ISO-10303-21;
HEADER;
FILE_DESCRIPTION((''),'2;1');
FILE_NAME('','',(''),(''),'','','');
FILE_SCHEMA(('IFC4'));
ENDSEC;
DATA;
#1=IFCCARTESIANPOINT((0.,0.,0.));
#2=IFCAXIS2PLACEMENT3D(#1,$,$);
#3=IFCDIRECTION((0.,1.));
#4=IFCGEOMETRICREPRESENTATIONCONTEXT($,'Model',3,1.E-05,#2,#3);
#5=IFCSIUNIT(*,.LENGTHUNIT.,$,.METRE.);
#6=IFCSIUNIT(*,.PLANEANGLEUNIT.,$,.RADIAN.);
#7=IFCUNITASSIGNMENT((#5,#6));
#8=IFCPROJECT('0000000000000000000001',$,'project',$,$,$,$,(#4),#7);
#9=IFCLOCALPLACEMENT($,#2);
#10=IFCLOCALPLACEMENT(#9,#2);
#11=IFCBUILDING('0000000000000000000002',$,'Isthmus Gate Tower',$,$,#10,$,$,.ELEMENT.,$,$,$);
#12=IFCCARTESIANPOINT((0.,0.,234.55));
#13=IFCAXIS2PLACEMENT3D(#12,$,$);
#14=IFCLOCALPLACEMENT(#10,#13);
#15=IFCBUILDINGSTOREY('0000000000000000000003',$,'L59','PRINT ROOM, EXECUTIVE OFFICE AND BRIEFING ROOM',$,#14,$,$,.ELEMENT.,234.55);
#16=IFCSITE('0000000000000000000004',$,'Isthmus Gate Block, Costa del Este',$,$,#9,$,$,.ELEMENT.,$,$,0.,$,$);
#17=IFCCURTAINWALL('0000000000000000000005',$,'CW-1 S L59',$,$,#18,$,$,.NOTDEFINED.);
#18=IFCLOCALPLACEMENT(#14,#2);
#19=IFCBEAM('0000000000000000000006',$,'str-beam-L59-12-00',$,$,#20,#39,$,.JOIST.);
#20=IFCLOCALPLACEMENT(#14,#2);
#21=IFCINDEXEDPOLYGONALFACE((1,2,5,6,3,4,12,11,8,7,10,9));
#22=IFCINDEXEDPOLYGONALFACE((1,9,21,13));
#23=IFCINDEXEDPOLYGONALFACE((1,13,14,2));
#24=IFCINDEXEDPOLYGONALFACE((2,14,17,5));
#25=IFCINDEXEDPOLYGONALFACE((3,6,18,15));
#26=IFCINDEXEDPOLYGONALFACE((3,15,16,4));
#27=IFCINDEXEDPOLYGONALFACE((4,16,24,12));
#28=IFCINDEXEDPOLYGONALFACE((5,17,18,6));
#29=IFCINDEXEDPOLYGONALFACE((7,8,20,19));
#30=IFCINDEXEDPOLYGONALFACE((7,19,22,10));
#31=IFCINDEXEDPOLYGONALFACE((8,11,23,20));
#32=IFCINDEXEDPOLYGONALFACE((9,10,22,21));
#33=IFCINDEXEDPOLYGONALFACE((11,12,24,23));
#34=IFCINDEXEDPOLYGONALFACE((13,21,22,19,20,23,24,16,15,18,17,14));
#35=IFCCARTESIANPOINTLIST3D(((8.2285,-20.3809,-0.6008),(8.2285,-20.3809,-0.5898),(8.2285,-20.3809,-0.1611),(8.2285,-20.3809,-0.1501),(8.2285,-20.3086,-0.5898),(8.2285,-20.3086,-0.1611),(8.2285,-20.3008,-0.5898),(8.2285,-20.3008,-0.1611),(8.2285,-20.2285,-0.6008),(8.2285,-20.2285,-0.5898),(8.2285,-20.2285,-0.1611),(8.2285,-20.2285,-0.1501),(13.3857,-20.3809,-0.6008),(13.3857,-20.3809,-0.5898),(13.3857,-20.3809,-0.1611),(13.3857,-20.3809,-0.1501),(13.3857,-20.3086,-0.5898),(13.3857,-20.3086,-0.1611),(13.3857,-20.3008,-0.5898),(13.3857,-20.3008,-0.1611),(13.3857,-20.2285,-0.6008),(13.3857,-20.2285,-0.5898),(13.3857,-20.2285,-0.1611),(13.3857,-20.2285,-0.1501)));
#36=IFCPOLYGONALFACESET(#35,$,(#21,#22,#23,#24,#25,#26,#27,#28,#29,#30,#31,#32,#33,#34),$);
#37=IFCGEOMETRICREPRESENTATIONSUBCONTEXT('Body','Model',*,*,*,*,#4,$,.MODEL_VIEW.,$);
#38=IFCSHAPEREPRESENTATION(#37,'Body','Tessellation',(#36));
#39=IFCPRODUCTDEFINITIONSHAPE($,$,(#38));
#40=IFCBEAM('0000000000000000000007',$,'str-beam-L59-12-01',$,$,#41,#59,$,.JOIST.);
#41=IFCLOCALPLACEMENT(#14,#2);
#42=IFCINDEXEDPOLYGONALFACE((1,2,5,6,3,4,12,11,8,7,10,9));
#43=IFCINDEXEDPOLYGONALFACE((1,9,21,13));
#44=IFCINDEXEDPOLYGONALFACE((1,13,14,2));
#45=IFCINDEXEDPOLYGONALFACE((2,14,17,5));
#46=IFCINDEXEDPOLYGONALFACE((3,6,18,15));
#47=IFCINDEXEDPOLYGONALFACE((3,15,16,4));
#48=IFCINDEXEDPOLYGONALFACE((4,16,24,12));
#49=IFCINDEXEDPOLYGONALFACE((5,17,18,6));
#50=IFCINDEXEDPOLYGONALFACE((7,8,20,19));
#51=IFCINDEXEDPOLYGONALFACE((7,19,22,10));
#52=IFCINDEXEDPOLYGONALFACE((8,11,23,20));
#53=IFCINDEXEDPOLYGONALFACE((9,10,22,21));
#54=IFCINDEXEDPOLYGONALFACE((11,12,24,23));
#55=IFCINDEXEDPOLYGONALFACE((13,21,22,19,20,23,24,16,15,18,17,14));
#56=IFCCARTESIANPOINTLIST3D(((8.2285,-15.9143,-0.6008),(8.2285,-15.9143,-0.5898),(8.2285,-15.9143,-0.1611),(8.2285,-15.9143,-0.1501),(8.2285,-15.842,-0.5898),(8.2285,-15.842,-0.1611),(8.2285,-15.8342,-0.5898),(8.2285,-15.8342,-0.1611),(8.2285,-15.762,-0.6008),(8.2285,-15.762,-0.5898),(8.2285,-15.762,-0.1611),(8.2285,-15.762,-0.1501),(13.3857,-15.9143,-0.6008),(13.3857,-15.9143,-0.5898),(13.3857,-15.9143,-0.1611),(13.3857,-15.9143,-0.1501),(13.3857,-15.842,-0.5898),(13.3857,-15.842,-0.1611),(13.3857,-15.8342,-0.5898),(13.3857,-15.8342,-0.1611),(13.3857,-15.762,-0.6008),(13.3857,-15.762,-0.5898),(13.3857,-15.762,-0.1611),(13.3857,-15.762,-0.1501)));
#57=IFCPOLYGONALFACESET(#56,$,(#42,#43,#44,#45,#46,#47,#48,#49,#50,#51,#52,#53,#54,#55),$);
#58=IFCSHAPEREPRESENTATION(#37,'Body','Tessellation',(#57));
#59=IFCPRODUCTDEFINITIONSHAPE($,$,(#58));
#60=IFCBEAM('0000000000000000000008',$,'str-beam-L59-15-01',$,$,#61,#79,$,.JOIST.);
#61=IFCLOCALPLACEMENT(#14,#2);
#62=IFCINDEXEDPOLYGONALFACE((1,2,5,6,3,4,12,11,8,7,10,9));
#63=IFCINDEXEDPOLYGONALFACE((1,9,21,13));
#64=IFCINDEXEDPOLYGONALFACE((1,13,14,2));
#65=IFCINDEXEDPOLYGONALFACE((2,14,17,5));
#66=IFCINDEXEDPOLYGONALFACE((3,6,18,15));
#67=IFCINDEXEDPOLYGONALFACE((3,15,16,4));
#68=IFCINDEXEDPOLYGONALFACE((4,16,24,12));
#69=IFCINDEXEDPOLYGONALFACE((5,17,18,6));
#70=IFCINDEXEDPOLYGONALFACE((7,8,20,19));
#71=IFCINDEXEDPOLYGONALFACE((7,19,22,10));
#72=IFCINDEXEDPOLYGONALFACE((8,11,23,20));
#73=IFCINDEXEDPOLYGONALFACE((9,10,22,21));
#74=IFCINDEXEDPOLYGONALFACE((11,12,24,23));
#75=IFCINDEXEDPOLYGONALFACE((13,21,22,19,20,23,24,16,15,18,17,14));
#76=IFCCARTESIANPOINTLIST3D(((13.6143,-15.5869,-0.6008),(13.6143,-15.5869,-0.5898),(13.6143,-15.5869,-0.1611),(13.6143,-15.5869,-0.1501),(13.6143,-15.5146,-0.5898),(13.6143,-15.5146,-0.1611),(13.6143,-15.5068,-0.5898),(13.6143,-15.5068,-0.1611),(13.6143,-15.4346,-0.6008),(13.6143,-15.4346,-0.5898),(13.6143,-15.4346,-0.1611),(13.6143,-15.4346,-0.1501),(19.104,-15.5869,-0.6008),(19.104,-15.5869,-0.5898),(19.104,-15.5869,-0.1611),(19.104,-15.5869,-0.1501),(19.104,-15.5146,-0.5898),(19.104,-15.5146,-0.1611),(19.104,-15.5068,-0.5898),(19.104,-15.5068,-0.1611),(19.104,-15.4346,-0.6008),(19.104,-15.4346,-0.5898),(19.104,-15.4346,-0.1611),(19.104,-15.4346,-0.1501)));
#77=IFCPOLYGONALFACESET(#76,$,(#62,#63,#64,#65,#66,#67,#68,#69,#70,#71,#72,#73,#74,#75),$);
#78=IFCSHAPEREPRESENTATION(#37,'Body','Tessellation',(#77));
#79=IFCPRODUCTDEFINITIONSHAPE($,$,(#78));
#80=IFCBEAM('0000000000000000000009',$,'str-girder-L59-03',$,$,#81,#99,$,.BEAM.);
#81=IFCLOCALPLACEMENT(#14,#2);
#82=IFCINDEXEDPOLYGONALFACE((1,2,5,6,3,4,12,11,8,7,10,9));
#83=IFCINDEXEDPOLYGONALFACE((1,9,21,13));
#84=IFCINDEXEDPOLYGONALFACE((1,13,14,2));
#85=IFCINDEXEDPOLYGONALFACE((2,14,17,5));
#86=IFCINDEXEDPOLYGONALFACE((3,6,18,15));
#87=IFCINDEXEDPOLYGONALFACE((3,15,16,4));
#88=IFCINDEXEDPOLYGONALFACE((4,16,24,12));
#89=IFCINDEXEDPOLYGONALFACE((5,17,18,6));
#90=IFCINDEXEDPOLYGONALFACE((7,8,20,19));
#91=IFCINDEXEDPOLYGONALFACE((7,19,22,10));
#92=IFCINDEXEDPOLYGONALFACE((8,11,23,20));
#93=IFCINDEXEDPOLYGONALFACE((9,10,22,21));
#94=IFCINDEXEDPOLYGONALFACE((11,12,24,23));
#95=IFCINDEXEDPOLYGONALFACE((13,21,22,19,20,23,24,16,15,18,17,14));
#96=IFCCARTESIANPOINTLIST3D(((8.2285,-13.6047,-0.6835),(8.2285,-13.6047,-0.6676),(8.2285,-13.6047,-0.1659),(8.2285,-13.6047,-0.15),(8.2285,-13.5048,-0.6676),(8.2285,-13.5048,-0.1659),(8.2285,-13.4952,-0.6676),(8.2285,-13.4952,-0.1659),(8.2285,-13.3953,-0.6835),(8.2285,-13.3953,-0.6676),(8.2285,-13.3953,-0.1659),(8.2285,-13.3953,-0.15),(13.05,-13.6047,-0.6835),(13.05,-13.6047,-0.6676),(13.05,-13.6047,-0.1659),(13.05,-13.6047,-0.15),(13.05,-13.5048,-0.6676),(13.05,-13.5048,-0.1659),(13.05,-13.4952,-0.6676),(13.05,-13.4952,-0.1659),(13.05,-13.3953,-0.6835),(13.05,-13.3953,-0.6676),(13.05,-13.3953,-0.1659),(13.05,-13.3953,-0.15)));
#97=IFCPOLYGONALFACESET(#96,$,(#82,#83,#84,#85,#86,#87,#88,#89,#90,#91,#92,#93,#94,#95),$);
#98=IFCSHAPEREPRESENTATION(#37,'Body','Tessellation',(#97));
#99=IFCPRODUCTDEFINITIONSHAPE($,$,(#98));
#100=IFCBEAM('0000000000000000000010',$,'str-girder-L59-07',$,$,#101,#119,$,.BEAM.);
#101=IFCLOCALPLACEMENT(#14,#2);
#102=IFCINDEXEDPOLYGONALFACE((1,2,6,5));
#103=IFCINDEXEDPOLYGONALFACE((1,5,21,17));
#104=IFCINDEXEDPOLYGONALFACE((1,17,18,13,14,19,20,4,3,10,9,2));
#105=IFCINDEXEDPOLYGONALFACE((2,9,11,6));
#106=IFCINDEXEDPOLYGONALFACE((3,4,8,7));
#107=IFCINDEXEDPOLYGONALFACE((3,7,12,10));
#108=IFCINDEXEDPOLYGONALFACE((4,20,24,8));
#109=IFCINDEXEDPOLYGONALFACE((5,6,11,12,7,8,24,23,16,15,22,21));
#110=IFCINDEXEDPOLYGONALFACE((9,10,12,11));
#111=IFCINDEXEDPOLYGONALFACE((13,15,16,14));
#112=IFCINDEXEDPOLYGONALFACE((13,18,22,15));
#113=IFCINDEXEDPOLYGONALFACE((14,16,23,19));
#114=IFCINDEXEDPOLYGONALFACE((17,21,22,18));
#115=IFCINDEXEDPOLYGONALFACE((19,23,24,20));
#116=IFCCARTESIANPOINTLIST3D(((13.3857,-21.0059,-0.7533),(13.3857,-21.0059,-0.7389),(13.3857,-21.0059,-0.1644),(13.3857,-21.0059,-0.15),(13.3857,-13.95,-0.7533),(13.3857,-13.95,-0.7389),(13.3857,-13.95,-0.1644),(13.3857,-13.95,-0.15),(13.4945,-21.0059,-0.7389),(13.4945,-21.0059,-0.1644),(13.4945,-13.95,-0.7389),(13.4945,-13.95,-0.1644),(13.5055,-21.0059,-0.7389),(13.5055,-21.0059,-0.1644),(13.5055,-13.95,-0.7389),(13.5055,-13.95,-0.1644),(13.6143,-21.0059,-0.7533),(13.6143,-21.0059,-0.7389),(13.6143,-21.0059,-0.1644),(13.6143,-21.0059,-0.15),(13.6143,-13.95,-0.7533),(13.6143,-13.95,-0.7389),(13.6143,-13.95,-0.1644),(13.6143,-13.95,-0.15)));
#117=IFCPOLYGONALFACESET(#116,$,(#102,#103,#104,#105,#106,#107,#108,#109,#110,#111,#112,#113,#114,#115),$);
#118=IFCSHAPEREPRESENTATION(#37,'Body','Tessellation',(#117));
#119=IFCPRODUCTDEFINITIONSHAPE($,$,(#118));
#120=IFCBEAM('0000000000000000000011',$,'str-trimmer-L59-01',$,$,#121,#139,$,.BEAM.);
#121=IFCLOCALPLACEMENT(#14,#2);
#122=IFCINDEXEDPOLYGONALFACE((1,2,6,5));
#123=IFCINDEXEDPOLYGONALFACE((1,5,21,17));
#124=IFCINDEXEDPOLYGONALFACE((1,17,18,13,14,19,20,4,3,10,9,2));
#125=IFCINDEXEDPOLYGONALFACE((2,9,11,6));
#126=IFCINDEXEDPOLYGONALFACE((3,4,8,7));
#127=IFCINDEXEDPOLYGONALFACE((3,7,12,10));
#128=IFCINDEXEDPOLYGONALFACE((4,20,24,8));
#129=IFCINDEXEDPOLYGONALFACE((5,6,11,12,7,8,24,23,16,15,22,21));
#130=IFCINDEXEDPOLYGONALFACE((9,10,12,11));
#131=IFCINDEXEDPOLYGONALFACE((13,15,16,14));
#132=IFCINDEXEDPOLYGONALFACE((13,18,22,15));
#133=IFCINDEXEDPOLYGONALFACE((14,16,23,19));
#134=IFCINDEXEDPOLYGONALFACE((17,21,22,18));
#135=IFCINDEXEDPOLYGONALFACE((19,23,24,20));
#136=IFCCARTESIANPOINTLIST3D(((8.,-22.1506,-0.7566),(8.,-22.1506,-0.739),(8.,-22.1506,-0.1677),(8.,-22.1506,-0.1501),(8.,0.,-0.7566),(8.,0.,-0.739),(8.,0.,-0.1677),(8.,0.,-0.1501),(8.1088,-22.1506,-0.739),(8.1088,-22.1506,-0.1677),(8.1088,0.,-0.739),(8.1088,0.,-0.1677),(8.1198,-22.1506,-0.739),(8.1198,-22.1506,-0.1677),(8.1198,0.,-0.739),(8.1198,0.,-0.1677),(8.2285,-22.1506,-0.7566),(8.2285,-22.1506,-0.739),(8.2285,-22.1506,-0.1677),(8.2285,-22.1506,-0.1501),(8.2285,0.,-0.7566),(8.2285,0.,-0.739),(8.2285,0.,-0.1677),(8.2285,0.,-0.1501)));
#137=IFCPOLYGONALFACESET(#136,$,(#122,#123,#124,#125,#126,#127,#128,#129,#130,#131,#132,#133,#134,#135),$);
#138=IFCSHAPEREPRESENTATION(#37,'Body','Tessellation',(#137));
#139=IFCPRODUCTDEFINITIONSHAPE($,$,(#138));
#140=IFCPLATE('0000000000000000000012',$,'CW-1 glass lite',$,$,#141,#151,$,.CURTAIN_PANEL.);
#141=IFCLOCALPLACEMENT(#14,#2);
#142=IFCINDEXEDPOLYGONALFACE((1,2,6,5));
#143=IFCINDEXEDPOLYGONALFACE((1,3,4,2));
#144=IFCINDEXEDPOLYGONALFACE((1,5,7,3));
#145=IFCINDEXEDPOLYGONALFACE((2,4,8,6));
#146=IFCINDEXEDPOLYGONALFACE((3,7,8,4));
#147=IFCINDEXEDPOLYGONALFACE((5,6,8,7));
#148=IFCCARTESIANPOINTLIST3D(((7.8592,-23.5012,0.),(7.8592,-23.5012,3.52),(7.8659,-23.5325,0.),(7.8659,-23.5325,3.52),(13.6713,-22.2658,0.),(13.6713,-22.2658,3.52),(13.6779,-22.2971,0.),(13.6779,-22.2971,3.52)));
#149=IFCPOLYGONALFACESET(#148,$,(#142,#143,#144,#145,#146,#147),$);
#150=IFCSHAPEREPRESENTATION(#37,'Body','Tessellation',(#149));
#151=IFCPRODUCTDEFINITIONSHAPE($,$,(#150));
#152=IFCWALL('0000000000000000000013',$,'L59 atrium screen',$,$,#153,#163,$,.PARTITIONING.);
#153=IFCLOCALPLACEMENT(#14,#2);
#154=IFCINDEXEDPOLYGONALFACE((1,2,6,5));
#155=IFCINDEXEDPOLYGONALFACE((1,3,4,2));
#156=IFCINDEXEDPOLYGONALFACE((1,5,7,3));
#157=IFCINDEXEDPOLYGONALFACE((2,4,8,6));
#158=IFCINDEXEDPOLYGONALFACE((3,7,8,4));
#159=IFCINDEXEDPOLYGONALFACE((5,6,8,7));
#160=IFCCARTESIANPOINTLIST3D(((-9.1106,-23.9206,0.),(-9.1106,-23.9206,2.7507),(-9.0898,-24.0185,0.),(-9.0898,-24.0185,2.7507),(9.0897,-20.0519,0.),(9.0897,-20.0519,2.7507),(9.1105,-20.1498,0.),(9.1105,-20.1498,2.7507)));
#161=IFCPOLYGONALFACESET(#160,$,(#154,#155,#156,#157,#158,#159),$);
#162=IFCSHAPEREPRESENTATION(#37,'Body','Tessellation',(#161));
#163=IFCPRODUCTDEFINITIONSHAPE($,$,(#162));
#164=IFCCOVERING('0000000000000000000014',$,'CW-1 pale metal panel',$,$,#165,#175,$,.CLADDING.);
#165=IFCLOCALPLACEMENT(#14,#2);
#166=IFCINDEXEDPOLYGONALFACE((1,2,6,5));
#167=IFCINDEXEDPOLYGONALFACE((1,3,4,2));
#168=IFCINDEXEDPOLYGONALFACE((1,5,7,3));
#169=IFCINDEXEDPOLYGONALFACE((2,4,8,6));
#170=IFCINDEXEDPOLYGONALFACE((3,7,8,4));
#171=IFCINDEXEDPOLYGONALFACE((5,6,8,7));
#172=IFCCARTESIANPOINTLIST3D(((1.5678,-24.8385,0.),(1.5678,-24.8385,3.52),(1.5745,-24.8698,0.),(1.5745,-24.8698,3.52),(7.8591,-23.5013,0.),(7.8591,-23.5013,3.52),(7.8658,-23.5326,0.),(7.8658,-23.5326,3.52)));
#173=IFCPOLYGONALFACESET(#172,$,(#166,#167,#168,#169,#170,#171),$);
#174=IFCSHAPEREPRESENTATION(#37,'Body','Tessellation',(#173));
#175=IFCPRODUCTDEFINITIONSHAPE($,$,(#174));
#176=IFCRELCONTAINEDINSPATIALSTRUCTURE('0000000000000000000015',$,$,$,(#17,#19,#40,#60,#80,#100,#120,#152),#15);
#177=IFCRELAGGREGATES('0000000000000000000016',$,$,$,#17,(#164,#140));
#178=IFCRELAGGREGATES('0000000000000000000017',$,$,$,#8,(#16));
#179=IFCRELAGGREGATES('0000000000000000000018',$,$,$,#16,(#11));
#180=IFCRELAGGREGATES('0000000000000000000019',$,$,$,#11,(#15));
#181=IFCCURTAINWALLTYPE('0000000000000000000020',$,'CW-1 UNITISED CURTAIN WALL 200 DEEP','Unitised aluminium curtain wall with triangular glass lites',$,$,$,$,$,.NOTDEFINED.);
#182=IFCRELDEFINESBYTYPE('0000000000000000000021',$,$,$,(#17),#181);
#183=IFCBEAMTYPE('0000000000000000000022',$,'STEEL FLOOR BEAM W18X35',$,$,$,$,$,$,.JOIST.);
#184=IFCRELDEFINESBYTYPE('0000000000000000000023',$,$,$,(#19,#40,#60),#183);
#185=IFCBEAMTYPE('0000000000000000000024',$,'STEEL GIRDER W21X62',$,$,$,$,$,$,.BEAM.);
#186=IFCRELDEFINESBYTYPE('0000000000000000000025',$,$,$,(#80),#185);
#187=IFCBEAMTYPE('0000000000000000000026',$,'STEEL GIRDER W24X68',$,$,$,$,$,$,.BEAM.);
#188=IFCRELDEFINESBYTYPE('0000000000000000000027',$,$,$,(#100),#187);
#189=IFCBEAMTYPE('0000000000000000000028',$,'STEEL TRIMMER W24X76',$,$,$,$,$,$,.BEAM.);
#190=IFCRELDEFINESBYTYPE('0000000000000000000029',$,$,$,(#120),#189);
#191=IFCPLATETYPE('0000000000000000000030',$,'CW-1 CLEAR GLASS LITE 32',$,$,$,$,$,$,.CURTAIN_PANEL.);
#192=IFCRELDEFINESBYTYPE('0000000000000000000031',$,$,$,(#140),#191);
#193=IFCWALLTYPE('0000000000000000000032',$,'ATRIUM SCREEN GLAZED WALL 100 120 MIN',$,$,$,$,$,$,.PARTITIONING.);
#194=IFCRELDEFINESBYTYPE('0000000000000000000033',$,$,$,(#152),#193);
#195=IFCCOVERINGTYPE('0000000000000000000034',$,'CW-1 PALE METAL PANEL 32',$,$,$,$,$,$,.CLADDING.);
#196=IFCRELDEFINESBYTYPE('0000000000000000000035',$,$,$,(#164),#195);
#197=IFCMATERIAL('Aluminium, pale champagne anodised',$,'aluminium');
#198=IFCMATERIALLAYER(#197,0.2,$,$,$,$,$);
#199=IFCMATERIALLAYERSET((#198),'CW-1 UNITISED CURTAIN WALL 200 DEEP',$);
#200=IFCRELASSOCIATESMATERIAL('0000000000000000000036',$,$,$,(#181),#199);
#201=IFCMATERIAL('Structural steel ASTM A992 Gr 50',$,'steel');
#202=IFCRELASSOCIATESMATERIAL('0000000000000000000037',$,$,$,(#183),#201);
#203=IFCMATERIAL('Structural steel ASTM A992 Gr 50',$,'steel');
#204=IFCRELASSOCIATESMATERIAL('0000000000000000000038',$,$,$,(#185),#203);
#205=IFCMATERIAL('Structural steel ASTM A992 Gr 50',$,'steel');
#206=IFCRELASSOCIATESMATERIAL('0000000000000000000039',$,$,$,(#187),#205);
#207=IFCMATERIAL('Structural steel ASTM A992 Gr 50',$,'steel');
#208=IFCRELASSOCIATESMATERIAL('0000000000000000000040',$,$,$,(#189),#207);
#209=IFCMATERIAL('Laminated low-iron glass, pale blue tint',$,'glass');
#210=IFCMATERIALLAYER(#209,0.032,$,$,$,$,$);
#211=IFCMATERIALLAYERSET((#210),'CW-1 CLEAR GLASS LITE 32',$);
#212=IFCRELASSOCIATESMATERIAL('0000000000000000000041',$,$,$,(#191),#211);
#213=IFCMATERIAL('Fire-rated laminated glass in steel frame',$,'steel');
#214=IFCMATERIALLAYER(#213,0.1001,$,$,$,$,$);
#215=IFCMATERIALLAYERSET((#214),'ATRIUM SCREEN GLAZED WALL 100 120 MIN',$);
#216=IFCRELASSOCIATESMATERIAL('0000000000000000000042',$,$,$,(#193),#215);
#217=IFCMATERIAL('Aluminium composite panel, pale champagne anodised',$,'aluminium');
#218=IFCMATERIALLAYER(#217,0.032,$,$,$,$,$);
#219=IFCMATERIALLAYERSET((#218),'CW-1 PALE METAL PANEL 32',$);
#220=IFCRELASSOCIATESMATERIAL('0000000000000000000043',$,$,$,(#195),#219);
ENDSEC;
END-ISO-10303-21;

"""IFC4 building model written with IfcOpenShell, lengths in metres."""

from ifc_helpers import new_model, si_unit, direction, frame, frame_2d, origin, origin_2d, place, context, subcontext, project, spatial, rectangle, i_section, extrude, material, layer, layer_set, material_profile, profile_set, type_object, element, aggregate, save


model = new_model("IFC4")

# Units and contexts
model_context = context("Model", 3, precision=1e-05, world=origin(), true_north=direction((0.0, 1.0)))
body_context = subcontext(model_context, "Body", "Model", "MODEL_VIEW")
ifc_project = project(units=[si_unit("LENGTHUNIT", "METRE"), si_unit("PLANEANGLEUNIT", "RADIAN")], contexts=[model_context])

# Site, building, storey
site_placement = place(None, origin())
site = spatial("IfcSite", under=ifc_project, at=site_placement, Name="Isthmus Gate Block, Costa del Este", CompositionType="ELEMENT", RefElevation=0.0)
building_placement = place(site_placement, origin())
building = spatial("IfcBuilding", under=site, at=building_placement, Name="Isthmus Gate Tower", CompositionType="ELEMENT")
storey_placement = place(building_placement, frame((0.0, 0.0, 234.55)))
storey = spatial("IfcBuildingStorey", under=building, at=storey_placement, Name="L59", Description="PRINT ROOM, EXECUTIVE OFFICE AND BRIEFING ROOM", CompositionType="ELEMENT", Elevation=234.55)

# Curtain wall
ifc_material_1 = material(Name="Aluminium, pale champagne anodised", Category="aluminium")
ifc_layer_1 = layer(ifc_material_1, 0.2)
ifc_layer_set_1 = layer_set([ifc_layer_1], Name="CW-1 UNITISED CURTAIN WALL 200 DEEP")
curtain_wall_type = type_object("IfcCurtainWallType", Name="CW-1 UNITISED CURTAIN WALL 200 DEEP", Description="Unitised aluminium curtain wall with triangular glass lites", PredefinedType="NOTDEFINED", material=ifc_layer_set_1)
curtain_wall_placement = place(storey_placement, origin())
curtain_wall = element("IfcCurtainWall", 1, at=curtain_wall_placement, inside=storey, type_object=curtain_wall_type, Name="CW-1 S L59", PredefinedType="NOTDEFINED")

# Beams
ifc_material_2 = material(Name="Structural steel ASTM A992 Gr 50", Category="steel")
ifc_material_profile_1 = material_profile(ifc_material_2, i_section(OverallWidth=0.1523, OverallDepth=0.4507, WebThickness=0.0078, FlangeThickness=0.011, at=origin_2d()), Name="W18X35")
ifc_profile_set_1 = profile_set([ifc_material_profile_1], Name="Structural steel ASTM A992 Gr 50")
beam_type_1 = type_object("IfcBeamType", Name="STEEL FLOOR BEAM W18X35", PredefinedType="JOIST", material=ifc_profile_set_1)
for number, where, z_axis, x_axis, name in (
    (2, (8.2285, -20.3047, -0.3755), (1.0, 0.0, 0.0), (0.0, 1.0, 0.0), "str-beam-L59-12-00"),
    (3, (8.2285, -15.8381, -0.3755), (1.0, 0.0, 0.0), (0.0, 1.0, 0.0), "str-beam-L59-12-01"),
):
    element("IfcBeam", number, at=place(storey_placement, frame(where, z_axis=z_axis, x_axis=x_axis)), inside=storey, type_object=beam_type_1, Name=name, PredefinedType="JOIST", context=body_context, shape_type="SweptSolid", body=[
        extrude(i_section(OverallWidth=0.1523, OverallDepth=0.4507, WebThickness=0.0078, FlangeThickness=0.011, at=origin_2d()), origin(), (0.0, 0.0, 1.0), 5.1572),
    ])
beam_1_placement = place(storey_placement, frame((13.6143, -15.5107, -0.3755), z_axis=(1.0, 0.0, 0.0), x_axis=(0.0, 1.0, 0.0)))
element("IfcBeam", 4, at=beam_1_placement, inside=storey, type_object=beam_type_1, Name="str-beam-L59-15-01", PredefinedType="JOIST", context=body_context, shape_type="SweptSolid", body=[
    extrude(i_section(OverallWidth=0.1523, OverallDepth=0.4507, WebThickness=0.0078, FlangeThickness=0.011, at=origin_2d()), origin(), (0.0, 0.0, 1.0), 5.4897),
])
ifc_material_3 = material(Name="Structural steel ASTM A992 Gr 50", Category="steel")
ifc_material_profile_2 = material_profile(ifc_material_3, i_section(OverallWidth=0.2095, OverallDepth=0.5334, WebThickness=0.0095, FlangeThickness=0.0159, at=origin_2d()), Name="W21X62")
ifc_profile_set_2 = profile_set([ifc_material_profile_2], Name="Structural steel ASTM A992 Gr 50")
beam_type_2 = type_object("IfcBeamType", Name="STEEL GIRDER W21X62", PredefinedType="BEAM", material=ifc_profile_set_2)
beam_2_placement = place(storey_placement, frame((8.2285, -13.5, -0.4167), z_axis=(1.0, 0.0, 0.0), x_axis=(0.0, 1.0, 0.0)))
element("IfcBeam", 5, at=beam_2_placement, inside=storey, type_object=beam_type_2, Name="str-girder-L59-03", PredefinedType="BEAM", context=body_context, shape_type="SweptSolid", body=[
    extrude(i_section(OverallWidth=0.2095, OverallDepth=0.5334, WebThickness=0.0095, FlangeThickness=0.0159, at=origin_2d()), origin(), (0.0, 0.0, 1.0), 4.8215),
])
ifc_material_4 = material(Name="Structural steel ASTM A992 Gr 50", Category="steel")
ifc_material_profile_3 = material_profile(ifc_material_4, i_section(OverallWidth=0.2285, OverallDepth=0.6033, WebThickness=0.011, FlangeThickness=0.0144, at=origin_2d()), Name="W24X68")
ifc_profile_set_3 = profile_set([ifc_material_profile_3], Name="Structural steel ASTM A992 Gr 50")
beam_type_3 = type_object("IfcBeamType", Name="STEEL GIRDER W24X68", PredefinedType="BEAM", material=ifc_profile_set_3)
beam_3_placement = place(storey_placement, frame((13.5, -21.0059, -0.4517), z_axis=(0.0, 1.0, 0.0), x_axis=(-1.0, 0.0, 0.0)))
element("IfcBeam", 6, at=beam_3_placement, inside=storey, type_object=beam_type_3, Name="str-girder-L59-07", PredefinedType="BEAM", context=body_context, shape_type="SweptSolid", body=[
    extrude(i_section(OverallWidth=0.2285, OverallDepth=0.6033, WebThickness=0.011, FlangeThickness=0.0144, at=origin_2d()), origin(), (0.0, 0.0, 1.0), 7.0559),
])
ifc_material_5 = material(Name="Structural steel ASTM A992 Gr 50", Category="steel")
ifc_material_profile_4 = material_profile(ifc_material_5, i_section(OverallWidth=0.2285, OverallDepth=0.6064, WebThickness=0.011, FlangeThickness=0.0176, at=origin_2d()), Name="W24X76")
ifc_profile_set_4 = profile_set([ifc_material_profile_4], Name="Structural steel ASTM A992 Gr 50")
beam_type_4 = type_object("IfcBeamType", Name="STEEL TRIMMER W24X76", PredefinedType="BEAM", material=ifc_profile_set_4)
beam_4_placement = place(storey_placement, frame((8.1143, -22.1506, -0.4534), z_axis=(0.0, 1.0, 0.0), x_axis=(-1.0, 0.0, 0.0)))
element("IfcBeam", 7, at=beam_4_placement, inside=storey, type_object=beam_type_4, Name="str-trimmer-L59-01", PredefinedType="BEAM", context=body_context, shape_type="SweptSolid", body=[
    extrude(i_section(OverallWidth=0.2285, OverallDepth=0.6064, WebThickness=0.011, FlangeThickness=0.0176, at=origin_2d()), origin(), (0.0, 0.0, 1.0), 22.1506),
])

# Plate
ifc_material_6 = material(Name="Laminated low-iron glass, pale blue tint", Category="glass")
ifc_layer_2 = layer(ifc_material_6, 0.032)
ifc_layer_set_2 = layer_set([ifc_layer_2], Name="CW-1 CLEAR GLASS LITE 32")
plate_type = type_object("IfcPlateType", Name="CW-1 CLEAR GLASS LITE 32", PredefinedType="CURTAIN_PANEL", material=ifc_layer_set_2)
plate_placement = place(storey_placement, frame((10.7686, -22.8992, 0.0), z_axis=(0.0, 0.0, 1.0), x_axis=(0.978148, 0.207912, 0.0)))
plate = element("IfcPlate", 8, at=plate_placement, type_object=plate_type, Name="CW-1 glass lite", PredefinedType="CURTAIN_PANEL", context=body_context, shape_type="SweptSolid", body=[
    extrude(rectangle(XDim=5.9419, YDim=0.032, at=origin_2d()), origin(), (0.0, 0.0, 1.0), 3.52),
])

# Wall
ifc_material_7 = material(Name="Fire-rated laminated glass in steel frame", Category="steel")
ifc_layer_3 = layer(ifc_material_7, 0.1001)
ifc_layer_set_3 = layer_set([ifc_layer_3], Name="ATRIUM SCREEN GLAZED WALL 100 120 MIN")
wall_type = type_object("IfcWallType", Name="ATRIUM SCREEN GLAZED WALL 100 120 MIN", PredefinedType="PARTITIONING", material=ifc_layer_set_3)
wall_placement = place(storey_placement, frame((9.1001, -20.1008, 0.0), z_axis=(0.0, 0.0, 1.0), x_axis=(-0.978147, -0.207916, 0.0)))
element("IfcWall", 9, at=wall_placement, inside=storey, type_object=wall_type, Name="L59 atrium screen", PredefinedType="PARTITIONING", context=body_context, shape_type="SweptSolid", body=[
    extrude(rectangle(XDim=18.6069, YDim=0.1001, at=frame_2d((9.3035, 0.0))), origin(), (0.0, 0.0, 1.0), 2.7507),
])

# Covering
ifc_material_8 = material(Name="Aluminium composite panel, pale champagne anodised", Category="aluminium")
ifc_layer_4 = layer(ifc_material_8, 0.032)
ifc_layer_set_4 = layer_set([ifc_layer_4], Name="CW-1 PALE METAL PANEL 32")
covering_type = type_object("IfcCoveringType", Name="CW-1 PALE METAL PANEL 32", PredefinedType="CLADDING", material=ifc_layer_set_4)
covering_placement = place(storey_placement, frame((4.7168, -24.1855, 0.0), z_axis=(0.0, 0.0, 1.0), x_axis=(0.978148, 0.207912, 0.0)))
covering = element("IfcCovering", 10, at=covering_placement, type_object=covering_type, Name="CW-1 pale metal panel", PredefinedType="CLADDING", context=body_context, shape_type="SweptSolid", body=[
    extrude(rectangle(XDim=6.4319, YDim=0.032, at=origin_2d()), origin(), (0.0, 0.0, 1.0), 3.52),
])
aggregate(curtain_wall, [covering, plate])

save(model, "model.ifc")
